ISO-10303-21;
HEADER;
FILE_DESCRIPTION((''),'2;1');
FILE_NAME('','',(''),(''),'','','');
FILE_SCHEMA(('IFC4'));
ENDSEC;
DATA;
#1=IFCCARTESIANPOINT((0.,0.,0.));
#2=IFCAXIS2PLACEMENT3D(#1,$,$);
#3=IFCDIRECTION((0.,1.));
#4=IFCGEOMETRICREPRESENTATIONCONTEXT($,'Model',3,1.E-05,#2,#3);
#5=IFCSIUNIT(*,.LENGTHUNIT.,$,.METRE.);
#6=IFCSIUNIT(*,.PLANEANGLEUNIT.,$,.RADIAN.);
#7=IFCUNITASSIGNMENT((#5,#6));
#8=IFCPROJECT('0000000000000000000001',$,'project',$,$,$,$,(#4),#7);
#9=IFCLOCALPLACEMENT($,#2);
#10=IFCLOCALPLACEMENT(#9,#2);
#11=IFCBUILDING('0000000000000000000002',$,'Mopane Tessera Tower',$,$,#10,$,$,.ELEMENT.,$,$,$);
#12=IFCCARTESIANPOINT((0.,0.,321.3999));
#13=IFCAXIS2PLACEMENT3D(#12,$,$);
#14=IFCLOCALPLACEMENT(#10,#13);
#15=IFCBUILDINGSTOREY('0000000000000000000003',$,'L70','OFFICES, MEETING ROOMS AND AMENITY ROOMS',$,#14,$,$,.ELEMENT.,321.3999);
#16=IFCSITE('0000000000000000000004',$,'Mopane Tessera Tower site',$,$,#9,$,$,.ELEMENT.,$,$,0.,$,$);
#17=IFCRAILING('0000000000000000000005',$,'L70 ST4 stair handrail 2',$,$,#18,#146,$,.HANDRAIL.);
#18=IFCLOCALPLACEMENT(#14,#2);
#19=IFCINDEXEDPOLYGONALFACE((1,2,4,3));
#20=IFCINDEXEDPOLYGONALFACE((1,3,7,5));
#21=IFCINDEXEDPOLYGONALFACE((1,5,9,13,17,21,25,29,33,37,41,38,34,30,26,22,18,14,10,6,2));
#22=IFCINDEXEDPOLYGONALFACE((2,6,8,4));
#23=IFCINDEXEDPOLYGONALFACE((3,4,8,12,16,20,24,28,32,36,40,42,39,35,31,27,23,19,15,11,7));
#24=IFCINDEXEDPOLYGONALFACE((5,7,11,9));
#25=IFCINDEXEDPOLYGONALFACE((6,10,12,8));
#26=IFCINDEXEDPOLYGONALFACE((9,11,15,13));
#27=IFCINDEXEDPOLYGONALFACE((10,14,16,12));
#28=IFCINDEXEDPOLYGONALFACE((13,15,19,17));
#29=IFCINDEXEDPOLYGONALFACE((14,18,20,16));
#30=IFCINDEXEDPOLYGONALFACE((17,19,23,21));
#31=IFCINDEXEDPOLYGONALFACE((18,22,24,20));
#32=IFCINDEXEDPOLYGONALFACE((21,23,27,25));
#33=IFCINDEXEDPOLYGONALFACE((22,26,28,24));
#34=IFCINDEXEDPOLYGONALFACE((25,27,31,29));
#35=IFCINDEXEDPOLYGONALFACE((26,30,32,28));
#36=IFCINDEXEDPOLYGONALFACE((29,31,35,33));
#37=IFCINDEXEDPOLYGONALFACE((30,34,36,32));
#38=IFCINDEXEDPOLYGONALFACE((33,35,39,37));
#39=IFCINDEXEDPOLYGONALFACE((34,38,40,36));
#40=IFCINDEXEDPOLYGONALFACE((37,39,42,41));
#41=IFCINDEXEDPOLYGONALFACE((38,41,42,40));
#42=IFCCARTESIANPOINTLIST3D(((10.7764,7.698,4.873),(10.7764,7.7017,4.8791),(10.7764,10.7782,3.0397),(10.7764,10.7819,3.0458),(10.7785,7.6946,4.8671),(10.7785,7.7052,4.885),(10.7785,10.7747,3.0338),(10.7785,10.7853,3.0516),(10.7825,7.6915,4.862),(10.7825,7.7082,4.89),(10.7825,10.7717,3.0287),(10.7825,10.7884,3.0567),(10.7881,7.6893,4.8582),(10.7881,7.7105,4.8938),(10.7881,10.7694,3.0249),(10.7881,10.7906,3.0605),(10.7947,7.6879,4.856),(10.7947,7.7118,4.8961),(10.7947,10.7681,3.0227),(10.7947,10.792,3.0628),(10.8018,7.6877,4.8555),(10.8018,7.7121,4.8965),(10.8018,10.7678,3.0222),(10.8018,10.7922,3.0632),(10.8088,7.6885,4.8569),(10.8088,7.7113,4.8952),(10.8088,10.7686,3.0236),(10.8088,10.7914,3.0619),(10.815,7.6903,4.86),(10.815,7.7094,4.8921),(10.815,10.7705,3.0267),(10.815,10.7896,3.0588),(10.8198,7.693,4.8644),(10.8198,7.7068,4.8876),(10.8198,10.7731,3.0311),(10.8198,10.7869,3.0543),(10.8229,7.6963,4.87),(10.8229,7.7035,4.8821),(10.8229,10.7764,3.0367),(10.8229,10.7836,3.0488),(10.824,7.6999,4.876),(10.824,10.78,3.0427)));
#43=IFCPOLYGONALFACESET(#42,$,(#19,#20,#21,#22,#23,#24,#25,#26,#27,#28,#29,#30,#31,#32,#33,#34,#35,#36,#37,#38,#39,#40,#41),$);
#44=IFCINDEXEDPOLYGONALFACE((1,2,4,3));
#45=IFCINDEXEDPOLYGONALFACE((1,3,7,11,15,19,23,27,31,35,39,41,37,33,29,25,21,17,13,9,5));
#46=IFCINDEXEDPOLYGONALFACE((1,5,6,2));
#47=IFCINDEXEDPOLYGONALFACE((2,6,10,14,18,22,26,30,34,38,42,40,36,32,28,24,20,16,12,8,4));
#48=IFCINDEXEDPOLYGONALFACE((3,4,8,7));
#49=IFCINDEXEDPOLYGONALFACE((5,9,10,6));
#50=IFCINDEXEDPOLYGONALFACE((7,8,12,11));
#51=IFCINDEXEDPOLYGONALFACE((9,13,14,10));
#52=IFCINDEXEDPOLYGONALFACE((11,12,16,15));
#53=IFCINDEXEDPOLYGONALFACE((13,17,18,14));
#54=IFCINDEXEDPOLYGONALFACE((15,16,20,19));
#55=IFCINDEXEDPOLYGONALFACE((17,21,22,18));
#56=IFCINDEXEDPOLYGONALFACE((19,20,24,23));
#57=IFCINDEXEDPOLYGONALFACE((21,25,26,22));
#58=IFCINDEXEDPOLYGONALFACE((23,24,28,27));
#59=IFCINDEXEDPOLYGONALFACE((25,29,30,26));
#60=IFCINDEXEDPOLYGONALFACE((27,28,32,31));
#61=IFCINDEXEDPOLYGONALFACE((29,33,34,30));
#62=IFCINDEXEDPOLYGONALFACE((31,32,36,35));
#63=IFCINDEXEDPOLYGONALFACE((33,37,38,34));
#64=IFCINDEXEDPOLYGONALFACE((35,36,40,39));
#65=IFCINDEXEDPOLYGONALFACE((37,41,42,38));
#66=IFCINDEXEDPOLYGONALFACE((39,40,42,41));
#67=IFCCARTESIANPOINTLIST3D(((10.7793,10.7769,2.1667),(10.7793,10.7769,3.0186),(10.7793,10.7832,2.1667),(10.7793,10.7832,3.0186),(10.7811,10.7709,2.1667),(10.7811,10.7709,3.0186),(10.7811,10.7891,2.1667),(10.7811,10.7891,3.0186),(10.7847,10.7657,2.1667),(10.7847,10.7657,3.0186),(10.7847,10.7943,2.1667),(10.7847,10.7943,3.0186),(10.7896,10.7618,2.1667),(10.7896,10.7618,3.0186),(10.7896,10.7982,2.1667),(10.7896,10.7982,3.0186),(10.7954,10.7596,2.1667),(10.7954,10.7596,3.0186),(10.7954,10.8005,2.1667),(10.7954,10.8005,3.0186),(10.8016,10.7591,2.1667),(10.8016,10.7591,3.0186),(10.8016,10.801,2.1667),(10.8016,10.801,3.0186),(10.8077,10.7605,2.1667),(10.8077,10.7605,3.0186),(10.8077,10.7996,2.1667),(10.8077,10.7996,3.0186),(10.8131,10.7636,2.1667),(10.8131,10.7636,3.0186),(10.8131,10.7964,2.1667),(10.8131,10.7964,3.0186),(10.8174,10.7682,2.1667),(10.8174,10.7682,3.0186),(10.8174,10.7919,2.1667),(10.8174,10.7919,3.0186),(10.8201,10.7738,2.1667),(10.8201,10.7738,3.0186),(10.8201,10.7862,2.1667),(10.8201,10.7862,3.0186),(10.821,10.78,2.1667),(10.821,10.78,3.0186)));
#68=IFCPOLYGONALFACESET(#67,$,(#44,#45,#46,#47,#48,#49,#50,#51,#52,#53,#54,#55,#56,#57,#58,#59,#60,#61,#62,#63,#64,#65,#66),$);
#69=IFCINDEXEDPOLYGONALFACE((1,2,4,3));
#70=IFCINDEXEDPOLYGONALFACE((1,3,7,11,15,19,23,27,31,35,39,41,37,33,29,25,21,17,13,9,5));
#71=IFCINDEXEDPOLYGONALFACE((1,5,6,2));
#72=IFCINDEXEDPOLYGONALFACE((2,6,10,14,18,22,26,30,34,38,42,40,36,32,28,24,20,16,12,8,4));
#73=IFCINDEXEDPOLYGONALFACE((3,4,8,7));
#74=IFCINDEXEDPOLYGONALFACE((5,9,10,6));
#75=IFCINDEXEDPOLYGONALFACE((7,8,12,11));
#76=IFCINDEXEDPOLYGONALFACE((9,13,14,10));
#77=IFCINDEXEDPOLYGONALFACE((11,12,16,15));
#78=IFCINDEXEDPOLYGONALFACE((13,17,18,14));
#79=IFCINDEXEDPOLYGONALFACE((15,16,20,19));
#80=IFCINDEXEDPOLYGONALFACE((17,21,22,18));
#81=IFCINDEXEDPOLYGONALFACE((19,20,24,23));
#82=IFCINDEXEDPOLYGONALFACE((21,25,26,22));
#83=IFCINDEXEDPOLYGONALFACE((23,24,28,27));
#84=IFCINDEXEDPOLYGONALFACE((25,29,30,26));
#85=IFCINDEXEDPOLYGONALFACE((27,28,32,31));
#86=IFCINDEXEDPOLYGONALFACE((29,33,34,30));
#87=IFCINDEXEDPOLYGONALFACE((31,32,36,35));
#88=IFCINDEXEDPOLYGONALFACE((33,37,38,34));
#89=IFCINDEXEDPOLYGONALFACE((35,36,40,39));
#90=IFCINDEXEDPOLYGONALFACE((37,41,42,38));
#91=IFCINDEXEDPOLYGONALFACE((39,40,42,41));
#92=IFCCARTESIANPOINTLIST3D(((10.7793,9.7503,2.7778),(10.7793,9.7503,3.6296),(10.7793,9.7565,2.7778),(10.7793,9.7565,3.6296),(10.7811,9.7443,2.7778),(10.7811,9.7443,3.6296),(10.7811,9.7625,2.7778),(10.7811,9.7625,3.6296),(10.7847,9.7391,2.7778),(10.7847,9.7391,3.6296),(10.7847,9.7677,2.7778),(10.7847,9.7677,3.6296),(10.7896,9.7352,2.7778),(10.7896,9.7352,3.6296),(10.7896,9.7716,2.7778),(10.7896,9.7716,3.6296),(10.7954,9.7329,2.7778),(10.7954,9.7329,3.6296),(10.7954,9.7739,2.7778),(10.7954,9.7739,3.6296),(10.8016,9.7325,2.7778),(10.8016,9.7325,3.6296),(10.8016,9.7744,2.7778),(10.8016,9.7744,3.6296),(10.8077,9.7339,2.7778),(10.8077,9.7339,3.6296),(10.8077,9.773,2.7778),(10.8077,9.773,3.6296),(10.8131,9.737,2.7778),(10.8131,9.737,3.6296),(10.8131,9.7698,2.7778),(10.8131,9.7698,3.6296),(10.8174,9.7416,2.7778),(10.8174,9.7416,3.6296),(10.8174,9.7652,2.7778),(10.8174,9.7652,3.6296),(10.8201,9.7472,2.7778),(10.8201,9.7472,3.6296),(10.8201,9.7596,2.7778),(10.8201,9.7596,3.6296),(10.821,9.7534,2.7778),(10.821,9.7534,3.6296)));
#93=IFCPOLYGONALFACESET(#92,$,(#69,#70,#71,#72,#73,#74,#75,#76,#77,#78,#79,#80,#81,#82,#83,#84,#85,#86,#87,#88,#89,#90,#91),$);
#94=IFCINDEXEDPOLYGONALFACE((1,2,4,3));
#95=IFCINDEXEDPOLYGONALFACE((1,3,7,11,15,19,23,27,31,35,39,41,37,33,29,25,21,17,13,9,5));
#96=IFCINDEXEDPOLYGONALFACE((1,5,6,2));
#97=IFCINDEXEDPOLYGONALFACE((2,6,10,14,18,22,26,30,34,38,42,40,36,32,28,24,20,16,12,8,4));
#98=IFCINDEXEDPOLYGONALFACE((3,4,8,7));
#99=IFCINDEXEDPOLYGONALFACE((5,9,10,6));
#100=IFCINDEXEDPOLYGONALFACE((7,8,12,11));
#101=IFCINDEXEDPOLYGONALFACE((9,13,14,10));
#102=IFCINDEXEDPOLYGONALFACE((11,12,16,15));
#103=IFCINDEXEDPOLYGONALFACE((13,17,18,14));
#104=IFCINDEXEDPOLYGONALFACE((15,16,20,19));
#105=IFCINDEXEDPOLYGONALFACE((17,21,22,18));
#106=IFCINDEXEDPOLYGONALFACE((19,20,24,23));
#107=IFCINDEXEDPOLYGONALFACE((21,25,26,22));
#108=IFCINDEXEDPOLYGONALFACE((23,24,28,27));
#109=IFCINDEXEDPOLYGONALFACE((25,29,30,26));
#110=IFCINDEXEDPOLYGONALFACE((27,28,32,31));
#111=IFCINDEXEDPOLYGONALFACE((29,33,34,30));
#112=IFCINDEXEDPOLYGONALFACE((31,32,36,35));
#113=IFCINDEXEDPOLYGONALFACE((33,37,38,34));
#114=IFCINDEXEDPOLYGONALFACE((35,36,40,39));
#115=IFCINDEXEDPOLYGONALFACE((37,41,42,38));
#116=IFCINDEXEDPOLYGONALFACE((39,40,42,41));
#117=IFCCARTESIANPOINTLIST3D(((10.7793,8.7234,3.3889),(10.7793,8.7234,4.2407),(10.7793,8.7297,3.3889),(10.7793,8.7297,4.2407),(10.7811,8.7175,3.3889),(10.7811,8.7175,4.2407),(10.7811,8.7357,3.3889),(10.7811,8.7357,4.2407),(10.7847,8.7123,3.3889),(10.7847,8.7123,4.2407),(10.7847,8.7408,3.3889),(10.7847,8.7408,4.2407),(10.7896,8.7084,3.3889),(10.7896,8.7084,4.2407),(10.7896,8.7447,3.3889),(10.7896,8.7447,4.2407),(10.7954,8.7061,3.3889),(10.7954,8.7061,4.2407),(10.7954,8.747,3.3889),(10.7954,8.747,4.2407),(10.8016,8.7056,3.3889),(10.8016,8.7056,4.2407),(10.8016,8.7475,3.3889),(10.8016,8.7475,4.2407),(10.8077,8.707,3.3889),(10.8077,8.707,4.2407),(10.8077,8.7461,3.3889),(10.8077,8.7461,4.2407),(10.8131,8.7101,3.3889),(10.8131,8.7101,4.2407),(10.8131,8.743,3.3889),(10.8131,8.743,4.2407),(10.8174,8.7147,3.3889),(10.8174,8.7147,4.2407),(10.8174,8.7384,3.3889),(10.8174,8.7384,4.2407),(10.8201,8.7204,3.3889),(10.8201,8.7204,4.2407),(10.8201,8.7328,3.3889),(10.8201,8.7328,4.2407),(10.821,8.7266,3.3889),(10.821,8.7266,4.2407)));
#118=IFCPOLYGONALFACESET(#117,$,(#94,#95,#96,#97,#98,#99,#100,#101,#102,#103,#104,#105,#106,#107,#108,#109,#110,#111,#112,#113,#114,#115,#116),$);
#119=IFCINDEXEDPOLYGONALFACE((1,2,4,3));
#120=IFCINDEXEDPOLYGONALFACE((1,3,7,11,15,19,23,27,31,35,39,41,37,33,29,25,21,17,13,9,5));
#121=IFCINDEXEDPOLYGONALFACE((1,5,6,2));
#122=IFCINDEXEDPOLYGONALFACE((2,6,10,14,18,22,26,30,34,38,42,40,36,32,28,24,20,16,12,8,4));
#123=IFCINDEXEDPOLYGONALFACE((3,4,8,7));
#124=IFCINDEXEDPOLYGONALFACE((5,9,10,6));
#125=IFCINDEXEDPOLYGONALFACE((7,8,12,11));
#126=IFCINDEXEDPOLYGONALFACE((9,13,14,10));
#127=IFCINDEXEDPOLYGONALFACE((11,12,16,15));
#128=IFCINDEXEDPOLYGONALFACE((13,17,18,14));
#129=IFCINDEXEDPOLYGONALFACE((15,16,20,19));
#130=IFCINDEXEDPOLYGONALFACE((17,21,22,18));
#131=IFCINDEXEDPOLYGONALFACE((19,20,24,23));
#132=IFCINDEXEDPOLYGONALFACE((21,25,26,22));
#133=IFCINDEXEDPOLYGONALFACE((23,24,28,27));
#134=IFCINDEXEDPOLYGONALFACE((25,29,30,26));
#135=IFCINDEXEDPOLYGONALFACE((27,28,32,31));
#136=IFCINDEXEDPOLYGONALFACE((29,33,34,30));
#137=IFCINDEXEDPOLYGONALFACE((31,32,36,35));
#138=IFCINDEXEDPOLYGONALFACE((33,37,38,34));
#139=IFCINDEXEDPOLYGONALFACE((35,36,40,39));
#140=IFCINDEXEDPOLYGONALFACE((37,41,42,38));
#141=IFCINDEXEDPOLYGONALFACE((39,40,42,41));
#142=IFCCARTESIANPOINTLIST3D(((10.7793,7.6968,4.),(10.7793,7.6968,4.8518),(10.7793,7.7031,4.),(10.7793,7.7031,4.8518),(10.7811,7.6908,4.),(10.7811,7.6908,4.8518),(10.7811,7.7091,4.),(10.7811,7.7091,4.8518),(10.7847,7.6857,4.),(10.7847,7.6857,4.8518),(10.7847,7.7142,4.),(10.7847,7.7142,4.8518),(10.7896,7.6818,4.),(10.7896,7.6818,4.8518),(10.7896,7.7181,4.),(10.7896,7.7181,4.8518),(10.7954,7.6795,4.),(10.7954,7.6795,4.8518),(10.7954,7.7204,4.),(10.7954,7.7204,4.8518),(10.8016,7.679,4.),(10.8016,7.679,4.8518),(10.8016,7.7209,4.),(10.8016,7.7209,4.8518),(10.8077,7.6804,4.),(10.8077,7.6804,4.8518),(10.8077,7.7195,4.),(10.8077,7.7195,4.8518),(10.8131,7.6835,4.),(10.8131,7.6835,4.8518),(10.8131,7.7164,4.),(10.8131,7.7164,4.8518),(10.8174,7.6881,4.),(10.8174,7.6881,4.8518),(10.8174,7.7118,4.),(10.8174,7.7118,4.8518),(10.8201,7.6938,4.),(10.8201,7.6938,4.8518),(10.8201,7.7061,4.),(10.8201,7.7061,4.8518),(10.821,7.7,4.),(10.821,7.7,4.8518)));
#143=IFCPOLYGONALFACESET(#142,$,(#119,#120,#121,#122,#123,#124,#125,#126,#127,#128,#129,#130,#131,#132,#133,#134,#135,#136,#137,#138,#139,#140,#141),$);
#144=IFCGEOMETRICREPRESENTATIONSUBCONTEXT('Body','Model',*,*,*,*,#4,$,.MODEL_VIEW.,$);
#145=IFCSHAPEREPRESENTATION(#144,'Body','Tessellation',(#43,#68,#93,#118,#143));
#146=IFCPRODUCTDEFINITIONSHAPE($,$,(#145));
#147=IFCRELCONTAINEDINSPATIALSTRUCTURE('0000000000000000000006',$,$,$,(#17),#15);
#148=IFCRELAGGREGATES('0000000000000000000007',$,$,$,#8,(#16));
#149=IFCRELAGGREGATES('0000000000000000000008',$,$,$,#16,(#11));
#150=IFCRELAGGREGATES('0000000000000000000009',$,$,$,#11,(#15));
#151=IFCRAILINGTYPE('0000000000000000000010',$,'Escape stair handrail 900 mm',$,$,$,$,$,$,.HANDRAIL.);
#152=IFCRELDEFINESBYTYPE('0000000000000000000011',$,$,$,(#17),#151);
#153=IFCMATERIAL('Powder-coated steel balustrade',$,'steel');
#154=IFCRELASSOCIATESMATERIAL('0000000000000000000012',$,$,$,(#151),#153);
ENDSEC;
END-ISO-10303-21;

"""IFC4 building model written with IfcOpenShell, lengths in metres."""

from ifc_helpers import new_model, si_unit, direction, frame, origin, origin_2d, place, context, subcontext, project, spatial, circle, extrude, material, type_object, element, save


model = new_model("IFC4")

# Units and contexts
model_context = context("Model", 3, precision=1e-05, world=origin(), true_north=direction((0.0, 1.0)))
body_context = subcontext(model_context, "Body", "Model", "MODEL_VIEW")
ifc_project = project(units=[si_unit("LENGTHUNIT", "METRE"), si_unit("PLANEANGLEUNIT", "RADIAN")], contexts=[model_context])

# Site, building, storey
site_placement = place(None, origin())
site = spatial("IfcSite", under=ifc_project, at=site_placement, Name="Mopane Tessera Tower site", CompositionType="ELEMENT", RefElevation=0.0)
building_placement = place(site_placement, origin())
building = spatial("IfcBuilding", under=site, at=building_placement, Name="Mopane Tessera Tower", CompositionType="ELEMENT")
storey_placement = place(building_placement, frame((0.0, 0.0, 321.3999)))
storey = spatial("IfcBuildingStorey", under=building, at=storey_placement, Name="L70", Description="OFFICES, MEETING ROOMS AND AMENITY ROOMS", CompositionType="ELEMENT", Elevation=321.3999)

# Railing
ifc_material_1 = material(Name="Powder-coated steel balustrade", Category="steel")
railing_type_1 = type_object("IfcRailingType", Name="Escape stair handrail 900 mm", PredefinedType="HANDRAIL", material=ifc_material_1)
railing_1_placement = place(storey_placement, frame((10.8, 10.78, 2.1667)))
element("IfcRailing", 1, at=railing_1_placement, inside=storey, type_object=railing_type_1, Name="L70 ST4 stair handrail 2", PredefinedType="HANDRAIL", context=body_context, shape_type="SweptSolid", body=[
    extrude(circle(Radius=0.0239, at=origin_2d()), frame((0.0, 0.0, 0.876), z_axis=(0.0, -0.859309, 0.511458), x_axis=(1.0, 0.0, 0.0)), (0.0, 0.0, 1.0), 3.5845),
    extrude(circle(Radius=0.021, at=origin_2d()), origin(), (0.0, 0.0, 1.0), 0.8518),
    extrude(circle(Radius=0.021, at=origin_2d()), frame((0.0, -1.0266, 0.6111)), (0.0, 0.0, 1.0), 0.8518),
    extrude(circle(Radius=0.021, at=origin_2d()), frame((0.0, -2.0535, 1.2222)), (0.0, 0.0, 1.0), 0.8518),
    extrude(circle(Radius=0.021, at=origin_2d()), frame((0.0, -3.0801, 1.8333)), (0.0, 0.0, 1.0), 0.8518),
])

save(model, "model.ifc")
